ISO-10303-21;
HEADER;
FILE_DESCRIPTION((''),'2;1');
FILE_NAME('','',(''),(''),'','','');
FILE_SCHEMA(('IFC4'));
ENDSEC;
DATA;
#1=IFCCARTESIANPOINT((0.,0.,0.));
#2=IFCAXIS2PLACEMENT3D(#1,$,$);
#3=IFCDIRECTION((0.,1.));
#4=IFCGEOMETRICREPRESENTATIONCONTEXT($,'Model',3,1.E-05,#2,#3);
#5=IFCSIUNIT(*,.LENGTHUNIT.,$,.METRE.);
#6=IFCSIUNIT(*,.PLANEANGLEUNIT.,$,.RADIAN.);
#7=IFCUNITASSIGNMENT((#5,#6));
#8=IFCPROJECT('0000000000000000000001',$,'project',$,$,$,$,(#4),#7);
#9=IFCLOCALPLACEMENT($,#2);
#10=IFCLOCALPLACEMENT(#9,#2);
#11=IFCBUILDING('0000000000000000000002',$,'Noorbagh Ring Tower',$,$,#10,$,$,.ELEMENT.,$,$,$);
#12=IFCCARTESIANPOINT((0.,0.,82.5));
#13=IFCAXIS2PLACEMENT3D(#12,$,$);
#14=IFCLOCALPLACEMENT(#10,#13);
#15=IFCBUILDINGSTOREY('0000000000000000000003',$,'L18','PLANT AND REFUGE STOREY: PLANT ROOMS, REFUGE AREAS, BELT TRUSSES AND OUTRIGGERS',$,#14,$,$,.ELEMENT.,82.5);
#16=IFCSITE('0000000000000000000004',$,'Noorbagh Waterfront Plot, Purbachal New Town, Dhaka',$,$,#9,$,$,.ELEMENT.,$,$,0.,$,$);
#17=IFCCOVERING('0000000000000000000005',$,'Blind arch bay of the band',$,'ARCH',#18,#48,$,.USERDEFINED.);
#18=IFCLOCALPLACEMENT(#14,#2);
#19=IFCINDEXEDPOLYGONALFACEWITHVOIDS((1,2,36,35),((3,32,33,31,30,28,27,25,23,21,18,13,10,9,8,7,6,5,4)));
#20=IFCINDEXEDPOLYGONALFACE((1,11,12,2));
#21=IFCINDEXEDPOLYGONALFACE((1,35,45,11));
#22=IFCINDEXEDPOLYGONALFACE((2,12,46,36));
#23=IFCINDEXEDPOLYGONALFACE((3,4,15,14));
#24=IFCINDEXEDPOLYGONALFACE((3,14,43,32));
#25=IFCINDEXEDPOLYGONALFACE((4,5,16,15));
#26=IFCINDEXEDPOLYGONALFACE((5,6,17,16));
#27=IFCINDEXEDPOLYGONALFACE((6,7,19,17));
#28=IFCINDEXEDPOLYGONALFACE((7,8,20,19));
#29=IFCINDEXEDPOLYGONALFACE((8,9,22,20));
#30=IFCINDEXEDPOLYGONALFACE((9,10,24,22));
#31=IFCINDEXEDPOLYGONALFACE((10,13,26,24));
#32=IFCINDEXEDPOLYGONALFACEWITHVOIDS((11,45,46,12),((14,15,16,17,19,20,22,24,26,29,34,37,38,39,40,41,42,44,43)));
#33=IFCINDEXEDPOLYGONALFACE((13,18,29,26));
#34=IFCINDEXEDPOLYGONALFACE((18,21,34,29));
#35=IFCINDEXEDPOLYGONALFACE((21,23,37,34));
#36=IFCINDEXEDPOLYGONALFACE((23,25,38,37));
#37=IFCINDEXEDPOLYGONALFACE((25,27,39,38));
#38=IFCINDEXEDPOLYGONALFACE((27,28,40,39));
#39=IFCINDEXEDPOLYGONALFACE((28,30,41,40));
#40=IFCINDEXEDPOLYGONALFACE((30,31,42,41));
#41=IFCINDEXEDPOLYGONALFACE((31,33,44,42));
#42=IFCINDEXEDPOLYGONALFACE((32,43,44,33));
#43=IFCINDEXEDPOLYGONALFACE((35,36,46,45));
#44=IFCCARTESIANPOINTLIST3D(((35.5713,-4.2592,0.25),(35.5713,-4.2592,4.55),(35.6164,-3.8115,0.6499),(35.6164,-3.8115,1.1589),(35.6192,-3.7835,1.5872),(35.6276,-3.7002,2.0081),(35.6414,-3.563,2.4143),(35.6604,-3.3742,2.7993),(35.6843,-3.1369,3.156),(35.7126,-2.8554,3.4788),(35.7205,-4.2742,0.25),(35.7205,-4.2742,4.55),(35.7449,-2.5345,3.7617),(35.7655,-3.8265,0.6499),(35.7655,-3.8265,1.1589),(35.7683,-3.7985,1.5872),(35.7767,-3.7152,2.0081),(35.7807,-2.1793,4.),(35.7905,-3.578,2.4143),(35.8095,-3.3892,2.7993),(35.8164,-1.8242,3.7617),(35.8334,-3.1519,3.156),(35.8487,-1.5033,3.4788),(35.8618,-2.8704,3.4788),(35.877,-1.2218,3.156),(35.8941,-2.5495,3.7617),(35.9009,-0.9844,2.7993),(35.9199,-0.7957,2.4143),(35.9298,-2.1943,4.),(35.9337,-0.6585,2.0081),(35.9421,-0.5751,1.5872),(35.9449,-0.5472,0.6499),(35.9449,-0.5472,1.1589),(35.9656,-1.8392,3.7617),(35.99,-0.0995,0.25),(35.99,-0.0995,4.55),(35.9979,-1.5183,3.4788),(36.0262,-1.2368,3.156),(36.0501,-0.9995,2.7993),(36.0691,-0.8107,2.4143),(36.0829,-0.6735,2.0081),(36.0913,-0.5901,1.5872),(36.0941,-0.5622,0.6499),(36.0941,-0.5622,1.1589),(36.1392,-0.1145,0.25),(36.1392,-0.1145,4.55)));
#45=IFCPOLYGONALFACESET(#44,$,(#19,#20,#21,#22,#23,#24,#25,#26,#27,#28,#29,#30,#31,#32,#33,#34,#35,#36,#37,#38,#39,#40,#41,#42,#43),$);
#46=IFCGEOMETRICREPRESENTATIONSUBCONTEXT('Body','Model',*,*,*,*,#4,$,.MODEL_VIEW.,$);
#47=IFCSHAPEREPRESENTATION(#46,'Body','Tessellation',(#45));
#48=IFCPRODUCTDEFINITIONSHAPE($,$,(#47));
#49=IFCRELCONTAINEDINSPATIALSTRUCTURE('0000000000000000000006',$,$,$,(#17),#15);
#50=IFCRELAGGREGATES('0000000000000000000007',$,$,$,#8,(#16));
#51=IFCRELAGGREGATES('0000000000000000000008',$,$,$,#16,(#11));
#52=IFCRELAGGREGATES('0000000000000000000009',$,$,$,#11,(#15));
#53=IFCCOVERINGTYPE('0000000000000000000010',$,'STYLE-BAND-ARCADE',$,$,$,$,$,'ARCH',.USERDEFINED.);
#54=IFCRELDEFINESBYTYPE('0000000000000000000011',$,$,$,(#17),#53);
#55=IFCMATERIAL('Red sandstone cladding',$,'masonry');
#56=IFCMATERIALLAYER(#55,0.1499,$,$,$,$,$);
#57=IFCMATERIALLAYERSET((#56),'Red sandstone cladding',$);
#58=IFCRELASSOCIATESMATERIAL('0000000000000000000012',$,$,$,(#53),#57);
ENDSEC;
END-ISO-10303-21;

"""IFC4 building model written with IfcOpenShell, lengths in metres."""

from ifc_helpers import new_model, si_unit, direction, frame, origin, place, context, subcontext, project, spatial, polyline, outline, extrude, material, layer, layer_set, type_object, element, save


model = new_model("IFC4")

# Units and contexts
model_context = context("Model", 3, precision=1e-05, world=origin(), true_north=direction((0.0, 1.0)))
body_context = subcontext(model_context, "Body", "Model", "MODEL_VIEW")
ifc_project = project(units=[si_unit("LENGTHUNIT", "METRE"), si_unit("PLANEANGLEUNIT", "RADIAN")], contexts=[model_context])

# Site, building, storey
site_placement = place(None, origin())
site = spatial("IfcSite", under=ifc_project, at=site_placement, Name="Noorbagh Waterfront Plot, Purbachal New Town, Dhaka", CompositionType="ELEMENT", RefElevation=0.0)
building_placement = place(site_placement, origin())
building = spatial("IfcBuilding", under=site, at=building_placement, Name="Noorbagh Ring Tower", CompositionType="ELEMENT")
storey_placement = place(building_placement, frame((0.0, 0.0, 82.5)))
storey = spatial("IfcBuildingStorey", under=building, at=storey_placement, Name="L18", Description="PLANT AND REFUGE STOREY: PLANT ROOMS, REFUGE AREAS, BELT TRUSSES AND OUTRIGGERS", CompositionType="ELEMENT", Elevation=82.5)

# Covering
ifc_material_1 = material(Name="Red sandstone cladding", Category="masonry")
ifc_layer_1 = layer(ifc_material_1, 0.1499)
ifc_layer_set_1 = layer_set([ifc_layer_1], Name="Red sandstone cladding")
covering_type_1 = type_object("IfcCoveringType", Name="STYLE-BAND-ARCADE", ElementType="ARCH", PredefinedType="USERDEFINED", material=ifc_layer_set_1)
covering_1_placement = place(storey_placement, frame((35.7205, -4.2742, 0.25), z_axis=(0.994972, -0.100151, 0.0), x_axis=(0.100151, 0.994972, 0.0)))
element("IfcCovering", 1, at=covering_1_placement, inside=storey, type_object=covering_type_1, Name="Blind arch bay of the band", ObjectType="ARCH", PredefinedType="USERDEFINED", context=body_context, shape_type="SweptSolid", body=[
    extrude(outline(polyline([(0.0, 0.0), (4.1807, 0.0), (4.1807, 4.3), (0.0, 4.3), (0.0, 0.0)]), holes=[polyline([(0.45, 0.3999), (0.45, 0.9089), (0.478, 1.3372), (0.5618, 1.7581), (0.6997, 2.1643), (0.8894, 2.5493), (1.1279, 2.906), (1.4109, 3.2288), (1.7334, 3.5117), (2.0903, 3.75), (2.4473, 3.5117), (2.7698, 3.2288), (3.0527, 2.906), (3.2913, 2.5493), (3.481, 2.1643), (3.6189, 1.7581), (3.7026, 1.3372), (3.7307, 0.9089), (3.7307, 0.3999), (0.45, 0.3999)])]), origin(), (0.0, 0.0, -1.0), 0.1499),
])

save(model, "model.ifc")
